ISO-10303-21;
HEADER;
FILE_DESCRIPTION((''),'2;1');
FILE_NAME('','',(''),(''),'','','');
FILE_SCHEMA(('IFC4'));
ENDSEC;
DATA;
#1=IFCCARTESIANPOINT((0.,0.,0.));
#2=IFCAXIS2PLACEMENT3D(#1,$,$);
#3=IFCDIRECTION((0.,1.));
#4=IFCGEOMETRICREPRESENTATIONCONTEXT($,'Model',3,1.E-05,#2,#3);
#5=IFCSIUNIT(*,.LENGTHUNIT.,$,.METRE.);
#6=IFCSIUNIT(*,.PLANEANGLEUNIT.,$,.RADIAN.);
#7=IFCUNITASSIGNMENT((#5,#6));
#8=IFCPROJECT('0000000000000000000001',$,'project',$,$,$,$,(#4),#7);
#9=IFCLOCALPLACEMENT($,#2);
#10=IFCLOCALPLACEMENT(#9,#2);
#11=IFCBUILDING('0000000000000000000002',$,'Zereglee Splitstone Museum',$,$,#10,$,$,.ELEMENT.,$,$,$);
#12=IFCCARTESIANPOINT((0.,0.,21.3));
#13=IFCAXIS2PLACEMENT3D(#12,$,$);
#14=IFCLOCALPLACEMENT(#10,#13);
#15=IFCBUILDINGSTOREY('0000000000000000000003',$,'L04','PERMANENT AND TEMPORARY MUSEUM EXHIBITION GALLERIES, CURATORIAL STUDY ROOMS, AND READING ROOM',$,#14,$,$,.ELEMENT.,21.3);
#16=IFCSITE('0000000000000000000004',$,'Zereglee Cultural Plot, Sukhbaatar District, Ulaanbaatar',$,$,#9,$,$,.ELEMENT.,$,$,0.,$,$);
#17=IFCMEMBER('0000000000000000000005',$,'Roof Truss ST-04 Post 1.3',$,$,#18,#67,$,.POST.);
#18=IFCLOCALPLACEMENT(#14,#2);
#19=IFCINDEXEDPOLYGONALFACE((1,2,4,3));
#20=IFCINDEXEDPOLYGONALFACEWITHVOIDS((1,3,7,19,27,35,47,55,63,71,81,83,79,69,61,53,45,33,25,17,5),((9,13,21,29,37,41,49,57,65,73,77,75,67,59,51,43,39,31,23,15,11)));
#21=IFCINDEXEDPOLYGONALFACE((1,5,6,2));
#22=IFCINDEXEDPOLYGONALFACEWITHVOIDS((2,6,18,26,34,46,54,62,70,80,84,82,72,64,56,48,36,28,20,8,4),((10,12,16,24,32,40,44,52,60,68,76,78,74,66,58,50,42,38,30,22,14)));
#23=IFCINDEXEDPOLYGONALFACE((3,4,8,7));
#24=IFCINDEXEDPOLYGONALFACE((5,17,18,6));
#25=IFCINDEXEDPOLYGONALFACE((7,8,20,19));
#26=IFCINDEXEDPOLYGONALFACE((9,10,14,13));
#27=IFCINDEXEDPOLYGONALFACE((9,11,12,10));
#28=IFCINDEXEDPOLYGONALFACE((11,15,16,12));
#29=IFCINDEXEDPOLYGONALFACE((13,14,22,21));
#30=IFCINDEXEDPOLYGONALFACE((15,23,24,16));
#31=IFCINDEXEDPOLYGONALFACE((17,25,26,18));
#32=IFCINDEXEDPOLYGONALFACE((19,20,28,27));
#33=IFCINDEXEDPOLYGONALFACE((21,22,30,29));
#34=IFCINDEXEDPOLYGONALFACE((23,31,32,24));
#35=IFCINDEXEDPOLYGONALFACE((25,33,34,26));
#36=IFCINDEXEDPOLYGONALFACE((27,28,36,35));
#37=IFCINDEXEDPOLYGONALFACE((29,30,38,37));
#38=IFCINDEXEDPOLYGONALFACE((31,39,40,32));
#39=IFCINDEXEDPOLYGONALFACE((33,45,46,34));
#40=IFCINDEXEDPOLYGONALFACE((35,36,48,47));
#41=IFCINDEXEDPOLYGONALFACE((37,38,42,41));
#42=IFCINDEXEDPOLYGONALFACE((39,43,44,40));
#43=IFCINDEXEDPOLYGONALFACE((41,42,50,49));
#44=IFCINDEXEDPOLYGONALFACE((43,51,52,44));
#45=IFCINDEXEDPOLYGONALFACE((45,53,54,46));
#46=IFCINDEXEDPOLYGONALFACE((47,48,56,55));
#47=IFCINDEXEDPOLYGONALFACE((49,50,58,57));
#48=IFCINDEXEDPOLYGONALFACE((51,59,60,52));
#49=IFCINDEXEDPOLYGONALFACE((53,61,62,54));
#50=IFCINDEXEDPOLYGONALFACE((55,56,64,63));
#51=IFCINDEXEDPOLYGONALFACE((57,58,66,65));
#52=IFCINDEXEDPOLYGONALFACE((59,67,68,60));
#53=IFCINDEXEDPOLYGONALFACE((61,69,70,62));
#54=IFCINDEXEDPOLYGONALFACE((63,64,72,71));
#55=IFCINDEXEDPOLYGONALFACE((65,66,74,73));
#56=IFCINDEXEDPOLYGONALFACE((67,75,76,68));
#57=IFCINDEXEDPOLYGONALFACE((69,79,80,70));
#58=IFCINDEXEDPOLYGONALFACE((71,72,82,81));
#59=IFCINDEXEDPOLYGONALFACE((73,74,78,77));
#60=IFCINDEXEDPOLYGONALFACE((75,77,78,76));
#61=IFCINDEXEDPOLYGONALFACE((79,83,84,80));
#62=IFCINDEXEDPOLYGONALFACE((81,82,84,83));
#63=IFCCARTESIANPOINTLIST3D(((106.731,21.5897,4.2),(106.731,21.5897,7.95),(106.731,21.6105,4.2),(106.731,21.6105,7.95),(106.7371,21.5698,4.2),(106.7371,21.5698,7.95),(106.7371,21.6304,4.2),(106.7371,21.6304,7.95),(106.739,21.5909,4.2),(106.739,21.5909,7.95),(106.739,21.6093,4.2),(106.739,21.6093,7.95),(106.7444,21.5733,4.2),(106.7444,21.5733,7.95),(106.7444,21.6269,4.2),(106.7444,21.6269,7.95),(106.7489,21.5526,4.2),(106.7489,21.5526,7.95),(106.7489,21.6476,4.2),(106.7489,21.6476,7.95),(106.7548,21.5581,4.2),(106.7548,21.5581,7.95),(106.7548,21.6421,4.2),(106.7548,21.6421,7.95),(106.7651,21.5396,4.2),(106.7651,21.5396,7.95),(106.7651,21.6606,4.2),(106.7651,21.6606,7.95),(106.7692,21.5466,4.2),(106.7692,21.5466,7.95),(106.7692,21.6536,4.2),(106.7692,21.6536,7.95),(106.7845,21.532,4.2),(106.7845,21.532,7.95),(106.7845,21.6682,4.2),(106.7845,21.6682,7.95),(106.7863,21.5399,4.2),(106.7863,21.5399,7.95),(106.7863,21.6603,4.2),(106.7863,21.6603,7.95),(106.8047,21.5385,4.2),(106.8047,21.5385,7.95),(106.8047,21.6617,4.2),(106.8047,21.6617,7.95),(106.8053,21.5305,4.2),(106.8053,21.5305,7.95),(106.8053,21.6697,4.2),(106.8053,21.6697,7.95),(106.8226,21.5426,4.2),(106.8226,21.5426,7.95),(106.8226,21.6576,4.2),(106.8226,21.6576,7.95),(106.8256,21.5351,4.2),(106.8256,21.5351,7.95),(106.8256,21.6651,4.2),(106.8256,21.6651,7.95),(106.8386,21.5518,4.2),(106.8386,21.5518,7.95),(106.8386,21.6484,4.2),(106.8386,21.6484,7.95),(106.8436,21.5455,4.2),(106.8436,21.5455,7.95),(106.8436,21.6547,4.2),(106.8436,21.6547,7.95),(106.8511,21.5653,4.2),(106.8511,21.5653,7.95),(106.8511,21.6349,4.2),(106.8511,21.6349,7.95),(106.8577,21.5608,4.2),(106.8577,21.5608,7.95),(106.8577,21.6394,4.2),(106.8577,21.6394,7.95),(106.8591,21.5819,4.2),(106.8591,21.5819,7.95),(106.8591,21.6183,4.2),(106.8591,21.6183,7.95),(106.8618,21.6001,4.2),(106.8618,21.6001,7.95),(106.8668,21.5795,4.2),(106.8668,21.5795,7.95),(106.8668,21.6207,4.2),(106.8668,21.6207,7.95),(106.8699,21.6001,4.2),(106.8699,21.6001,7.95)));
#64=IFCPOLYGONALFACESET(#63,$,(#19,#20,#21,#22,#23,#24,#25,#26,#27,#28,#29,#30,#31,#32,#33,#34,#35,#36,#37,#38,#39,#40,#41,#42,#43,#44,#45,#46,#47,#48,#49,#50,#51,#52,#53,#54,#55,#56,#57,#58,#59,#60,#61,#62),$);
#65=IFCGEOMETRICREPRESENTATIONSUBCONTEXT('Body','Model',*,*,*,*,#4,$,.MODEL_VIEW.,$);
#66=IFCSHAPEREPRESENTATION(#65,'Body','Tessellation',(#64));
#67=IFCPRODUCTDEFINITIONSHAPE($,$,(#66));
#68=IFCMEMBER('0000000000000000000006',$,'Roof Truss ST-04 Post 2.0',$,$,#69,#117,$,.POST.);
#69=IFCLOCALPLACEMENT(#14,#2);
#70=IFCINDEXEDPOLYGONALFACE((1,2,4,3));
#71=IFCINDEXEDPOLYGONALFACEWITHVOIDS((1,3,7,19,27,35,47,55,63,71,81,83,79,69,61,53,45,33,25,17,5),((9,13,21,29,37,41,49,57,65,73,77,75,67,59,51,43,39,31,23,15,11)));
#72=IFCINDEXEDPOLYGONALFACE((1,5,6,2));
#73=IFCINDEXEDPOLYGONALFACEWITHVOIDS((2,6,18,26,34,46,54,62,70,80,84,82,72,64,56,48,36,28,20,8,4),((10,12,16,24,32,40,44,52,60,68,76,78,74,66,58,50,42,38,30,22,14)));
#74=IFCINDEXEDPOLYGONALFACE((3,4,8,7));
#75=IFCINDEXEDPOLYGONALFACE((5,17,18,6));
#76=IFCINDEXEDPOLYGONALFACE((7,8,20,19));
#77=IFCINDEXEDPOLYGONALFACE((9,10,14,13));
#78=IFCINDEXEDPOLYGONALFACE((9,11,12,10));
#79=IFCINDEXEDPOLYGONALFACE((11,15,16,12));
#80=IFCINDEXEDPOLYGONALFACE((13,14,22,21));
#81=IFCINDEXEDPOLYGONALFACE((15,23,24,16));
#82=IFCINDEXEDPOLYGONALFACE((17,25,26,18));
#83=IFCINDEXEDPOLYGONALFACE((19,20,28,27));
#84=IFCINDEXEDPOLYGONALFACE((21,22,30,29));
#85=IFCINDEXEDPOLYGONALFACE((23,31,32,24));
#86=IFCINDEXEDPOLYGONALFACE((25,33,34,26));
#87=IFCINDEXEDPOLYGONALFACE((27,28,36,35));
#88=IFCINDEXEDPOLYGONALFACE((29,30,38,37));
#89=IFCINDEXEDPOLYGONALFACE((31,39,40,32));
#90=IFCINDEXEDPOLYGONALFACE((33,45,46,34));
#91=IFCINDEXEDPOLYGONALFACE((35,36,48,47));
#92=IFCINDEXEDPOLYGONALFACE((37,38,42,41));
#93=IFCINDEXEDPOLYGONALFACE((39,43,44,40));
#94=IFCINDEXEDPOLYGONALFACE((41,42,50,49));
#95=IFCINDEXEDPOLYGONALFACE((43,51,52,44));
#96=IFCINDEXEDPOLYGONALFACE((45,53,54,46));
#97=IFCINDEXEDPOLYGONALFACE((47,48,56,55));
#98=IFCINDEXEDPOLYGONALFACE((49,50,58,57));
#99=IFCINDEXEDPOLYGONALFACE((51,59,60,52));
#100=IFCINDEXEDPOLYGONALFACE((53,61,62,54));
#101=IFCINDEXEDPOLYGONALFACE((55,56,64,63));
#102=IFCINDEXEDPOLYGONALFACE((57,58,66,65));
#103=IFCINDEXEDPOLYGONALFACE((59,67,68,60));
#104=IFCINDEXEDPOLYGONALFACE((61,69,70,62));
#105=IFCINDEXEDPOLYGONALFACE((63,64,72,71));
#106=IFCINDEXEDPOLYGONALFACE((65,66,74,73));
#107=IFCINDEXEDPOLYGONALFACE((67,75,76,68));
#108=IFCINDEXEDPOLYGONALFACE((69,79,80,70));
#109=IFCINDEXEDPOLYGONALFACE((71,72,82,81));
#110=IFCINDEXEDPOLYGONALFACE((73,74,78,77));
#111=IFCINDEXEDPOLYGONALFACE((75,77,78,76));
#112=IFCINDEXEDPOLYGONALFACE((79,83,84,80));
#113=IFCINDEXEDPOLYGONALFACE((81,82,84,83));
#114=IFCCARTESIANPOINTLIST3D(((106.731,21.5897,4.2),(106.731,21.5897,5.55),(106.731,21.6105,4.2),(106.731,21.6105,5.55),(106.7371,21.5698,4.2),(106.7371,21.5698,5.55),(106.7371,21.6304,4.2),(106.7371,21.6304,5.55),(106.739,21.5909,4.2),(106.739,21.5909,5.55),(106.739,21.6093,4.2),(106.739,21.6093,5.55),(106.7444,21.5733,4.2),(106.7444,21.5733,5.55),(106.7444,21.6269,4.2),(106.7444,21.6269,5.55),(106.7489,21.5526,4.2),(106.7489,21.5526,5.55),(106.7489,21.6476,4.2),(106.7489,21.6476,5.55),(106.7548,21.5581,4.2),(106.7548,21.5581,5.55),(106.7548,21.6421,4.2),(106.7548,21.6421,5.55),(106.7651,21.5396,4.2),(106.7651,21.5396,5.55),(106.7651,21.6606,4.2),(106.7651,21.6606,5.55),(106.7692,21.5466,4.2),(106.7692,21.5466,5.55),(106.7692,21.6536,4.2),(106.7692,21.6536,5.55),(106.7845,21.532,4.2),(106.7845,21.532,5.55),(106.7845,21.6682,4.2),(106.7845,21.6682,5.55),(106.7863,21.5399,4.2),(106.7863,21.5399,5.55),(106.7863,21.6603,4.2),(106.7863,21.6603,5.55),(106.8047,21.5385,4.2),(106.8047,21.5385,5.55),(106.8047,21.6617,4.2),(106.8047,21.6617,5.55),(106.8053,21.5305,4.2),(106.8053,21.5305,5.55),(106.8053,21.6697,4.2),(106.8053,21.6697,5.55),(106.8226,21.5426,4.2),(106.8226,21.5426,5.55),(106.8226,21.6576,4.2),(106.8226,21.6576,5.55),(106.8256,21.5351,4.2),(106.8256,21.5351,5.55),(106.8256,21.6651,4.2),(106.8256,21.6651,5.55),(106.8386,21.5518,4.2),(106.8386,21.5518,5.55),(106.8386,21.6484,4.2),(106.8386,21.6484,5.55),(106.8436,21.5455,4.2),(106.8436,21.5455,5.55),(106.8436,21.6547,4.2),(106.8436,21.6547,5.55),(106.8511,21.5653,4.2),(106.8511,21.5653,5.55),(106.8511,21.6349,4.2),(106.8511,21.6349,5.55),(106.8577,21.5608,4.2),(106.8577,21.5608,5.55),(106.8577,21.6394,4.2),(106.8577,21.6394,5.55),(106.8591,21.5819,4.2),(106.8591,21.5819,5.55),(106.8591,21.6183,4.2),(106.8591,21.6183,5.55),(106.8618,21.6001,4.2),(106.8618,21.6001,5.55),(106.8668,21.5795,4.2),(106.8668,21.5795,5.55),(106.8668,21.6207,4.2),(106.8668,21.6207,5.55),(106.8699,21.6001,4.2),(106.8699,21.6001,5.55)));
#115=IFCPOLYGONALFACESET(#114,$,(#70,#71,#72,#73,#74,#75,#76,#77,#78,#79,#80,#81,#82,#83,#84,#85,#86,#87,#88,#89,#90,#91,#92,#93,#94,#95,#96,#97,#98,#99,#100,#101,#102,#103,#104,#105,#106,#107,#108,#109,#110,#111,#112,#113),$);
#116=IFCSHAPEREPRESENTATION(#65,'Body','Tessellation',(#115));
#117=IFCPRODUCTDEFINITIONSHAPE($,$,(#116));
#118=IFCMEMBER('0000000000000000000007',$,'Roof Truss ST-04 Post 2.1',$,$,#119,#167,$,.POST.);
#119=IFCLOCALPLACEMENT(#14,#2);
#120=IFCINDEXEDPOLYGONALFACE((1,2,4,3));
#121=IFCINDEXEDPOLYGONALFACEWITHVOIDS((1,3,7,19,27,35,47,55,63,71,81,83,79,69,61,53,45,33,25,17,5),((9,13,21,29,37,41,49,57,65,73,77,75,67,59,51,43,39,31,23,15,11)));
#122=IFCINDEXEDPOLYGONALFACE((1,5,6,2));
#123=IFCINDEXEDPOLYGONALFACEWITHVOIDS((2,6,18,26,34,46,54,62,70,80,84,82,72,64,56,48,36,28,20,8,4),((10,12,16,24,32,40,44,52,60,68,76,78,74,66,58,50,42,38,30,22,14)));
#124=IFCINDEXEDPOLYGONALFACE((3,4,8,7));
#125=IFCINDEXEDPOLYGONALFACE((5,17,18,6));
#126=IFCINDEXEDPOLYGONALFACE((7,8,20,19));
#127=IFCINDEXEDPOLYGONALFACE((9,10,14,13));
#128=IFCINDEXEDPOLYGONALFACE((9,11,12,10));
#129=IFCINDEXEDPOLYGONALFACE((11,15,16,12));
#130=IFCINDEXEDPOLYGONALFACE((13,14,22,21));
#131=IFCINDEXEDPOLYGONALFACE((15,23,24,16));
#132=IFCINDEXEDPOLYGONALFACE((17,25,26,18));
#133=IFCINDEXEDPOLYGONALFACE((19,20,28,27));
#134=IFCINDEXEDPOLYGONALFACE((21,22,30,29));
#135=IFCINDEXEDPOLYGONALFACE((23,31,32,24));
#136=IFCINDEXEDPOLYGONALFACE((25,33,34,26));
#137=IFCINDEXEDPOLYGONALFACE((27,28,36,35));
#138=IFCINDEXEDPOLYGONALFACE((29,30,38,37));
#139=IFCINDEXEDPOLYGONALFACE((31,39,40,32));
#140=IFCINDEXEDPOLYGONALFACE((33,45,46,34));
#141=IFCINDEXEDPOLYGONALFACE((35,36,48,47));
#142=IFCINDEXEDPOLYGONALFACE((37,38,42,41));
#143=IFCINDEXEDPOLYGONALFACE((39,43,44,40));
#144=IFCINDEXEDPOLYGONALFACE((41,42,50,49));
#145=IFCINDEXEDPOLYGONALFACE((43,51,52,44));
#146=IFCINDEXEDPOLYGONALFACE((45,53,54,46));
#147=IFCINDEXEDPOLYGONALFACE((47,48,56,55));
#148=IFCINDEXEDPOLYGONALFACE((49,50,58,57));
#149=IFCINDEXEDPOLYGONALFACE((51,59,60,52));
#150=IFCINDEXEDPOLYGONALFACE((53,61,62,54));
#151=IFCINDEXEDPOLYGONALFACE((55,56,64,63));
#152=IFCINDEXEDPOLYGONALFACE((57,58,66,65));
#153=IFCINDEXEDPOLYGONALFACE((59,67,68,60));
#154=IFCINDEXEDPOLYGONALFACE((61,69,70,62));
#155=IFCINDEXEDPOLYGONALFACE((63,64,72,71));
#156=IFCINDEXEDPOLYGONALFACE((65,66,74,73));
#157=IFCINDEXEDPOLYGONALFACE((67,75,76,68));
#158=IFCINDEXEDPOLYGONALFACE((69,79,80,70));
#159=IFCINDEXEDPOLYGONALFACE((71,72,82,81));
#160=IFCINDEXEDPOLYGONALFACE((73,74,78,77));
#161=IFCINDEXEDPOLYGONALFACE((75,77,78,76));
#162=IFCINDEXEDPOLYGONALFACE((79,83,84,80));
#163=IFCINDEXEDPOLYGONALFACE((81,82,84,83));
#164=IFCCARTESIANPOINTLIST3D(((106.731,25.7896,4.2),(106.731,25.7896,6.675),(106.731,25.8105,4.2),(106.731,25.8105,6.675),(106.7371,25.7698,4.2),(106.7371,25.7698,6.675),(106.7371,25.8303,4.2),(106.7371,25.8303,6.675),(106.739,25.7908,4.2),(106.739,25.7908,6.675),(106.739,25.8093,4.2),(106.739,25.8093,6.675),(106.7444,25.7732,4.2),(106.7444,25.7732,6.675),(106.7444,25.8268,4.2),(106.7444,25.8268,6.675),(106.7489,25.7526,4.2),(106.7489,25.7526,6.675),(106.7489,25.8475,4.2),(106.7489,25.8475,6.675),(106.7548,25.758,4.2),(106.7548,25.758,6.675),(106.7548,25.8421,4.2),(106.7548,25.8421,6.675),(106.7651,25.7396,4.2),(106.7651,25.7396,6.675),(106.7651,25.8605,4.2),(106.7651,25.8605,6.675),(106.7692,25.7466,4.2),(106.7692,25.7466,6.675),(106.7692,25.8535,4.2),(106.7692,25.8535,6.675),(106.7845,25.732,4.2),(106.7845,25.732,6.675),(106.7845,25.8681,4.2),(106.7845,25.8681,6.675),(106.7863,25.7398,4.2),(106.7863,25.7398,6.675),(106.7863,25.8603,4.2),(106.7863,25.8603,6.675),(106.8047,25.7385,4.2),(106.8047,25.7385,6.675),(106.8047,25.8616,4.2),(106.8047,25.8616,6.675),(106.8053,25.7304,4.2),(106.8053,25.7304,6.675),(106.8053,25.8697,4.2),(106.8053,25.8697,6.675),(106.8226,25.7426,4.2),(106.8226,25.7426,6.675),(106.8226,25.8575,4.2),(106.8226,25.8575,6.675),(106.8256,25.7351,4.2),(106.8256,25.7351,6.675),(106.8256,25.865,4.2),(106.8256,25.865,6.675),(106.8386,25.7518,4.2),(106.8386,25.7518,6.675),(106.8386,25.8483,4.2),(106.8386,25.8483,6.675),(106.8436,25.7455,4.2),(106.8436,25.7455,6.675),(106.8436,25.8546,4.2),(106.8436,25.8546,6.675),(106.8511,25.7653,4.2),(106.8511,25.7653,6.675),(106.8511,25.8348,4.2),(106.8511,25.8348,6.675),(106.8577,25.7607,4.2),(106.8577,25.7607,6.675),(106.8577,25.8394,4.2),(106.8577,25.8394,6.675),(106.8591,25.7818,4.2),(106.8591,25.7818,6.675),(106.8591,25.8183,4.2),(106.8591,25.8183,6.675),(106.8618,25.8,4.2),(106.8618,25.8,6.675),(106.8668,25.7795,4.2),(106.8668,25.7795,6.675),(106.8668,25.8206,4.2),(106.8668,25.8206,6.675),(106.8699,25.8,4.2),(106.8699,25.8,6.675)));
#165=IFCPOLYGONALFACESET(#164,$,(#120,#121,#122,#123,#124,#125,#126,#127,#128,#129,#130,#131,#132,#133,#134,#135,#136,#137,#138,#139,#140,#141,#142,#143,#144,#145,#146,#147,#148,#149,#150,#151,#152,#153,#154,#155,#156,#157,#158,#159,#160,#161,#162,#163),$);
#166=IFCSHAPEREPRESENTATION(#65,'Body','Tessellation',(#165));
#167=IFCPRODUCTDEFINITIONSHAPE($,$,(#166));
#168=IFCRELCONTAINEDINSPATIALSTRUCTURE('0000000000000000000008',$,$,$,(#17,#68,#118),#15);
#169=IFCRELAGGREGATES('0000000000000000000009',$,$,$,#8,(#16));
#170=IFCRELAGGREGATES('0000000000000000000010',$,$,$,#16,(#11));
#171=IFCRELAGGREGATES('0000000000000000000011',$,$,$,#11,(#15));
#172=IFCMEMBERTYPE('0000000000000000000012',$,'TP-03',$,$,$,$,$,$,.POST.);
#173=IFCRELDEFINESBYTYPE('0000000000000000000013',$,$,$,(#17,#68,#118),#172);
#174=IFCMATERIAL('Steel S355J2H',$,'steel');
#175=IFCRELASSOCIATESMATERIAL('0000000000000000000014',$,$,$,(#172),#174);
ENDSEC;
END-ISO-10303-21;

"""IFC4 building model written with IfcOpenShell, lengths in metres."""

from ifc_helpers import new_model, si_unit, direction, frame, origin, origin_2d, place, context, subcontext, project, spatial, hollow_circle, extrude, material, material_profile, profile_set, type_object, element, save


model = new_model("IFC4")

# Units and contexts
model_context = context("Model", 3, precision=1e-05, world=origin(), true_north=direction((0.0, 1.0)))
body_context = subcontext(model_context, "Body", "Model", "MODEL_VIEW")
ifc_project = project(units=[si_unit("LENGTHUNIT", "METRE"), si_unit("PLANEANGLEUNIT", "RADIAN")], contexts=[model_context])

# Site, building, storey
site_placement = place(None, origin())
site = spatial("IfcSite", under=ifc_project, at=site_placement, Name="Zereglee Cultural Plot, Sukhbaatar District, Ulaanbaatar", CompositionType="ELEMENT", RefElevation=0.0)
building_placement = place(site_placement, origin())
building = spatial("IfcBuilding", under=site, at=building_placement, Name="Zereglee Splitstone Museum", CompositionType="ELEMENT")
storey_placement = place(building_placement, frame((0.0, 0.0, 21.3)))
storey = spatial("IfcBuildingStorey", under=building, at=storey_placement, Name="L04", Description="PERMANENT AND TEMPORARY MUSEUM EXHIBITION GALLERIES, CURATORIAL STUDY ROOMS, AND READING ROOM", CompositionType="ELEMENT", Elevation=21.3)

# Shared definitions
ifc_material_1 = material(Name="Steel S355J2H", Category="steel")

# Members
ifc_material_profile_1 = material_profile(ifc_material_1, hollow_circle(Radius=0.0698, WallThickness=0.0081, at=origin_2d()), Name="CHS 139.7x8")
ifc_profile_set_1 = profile_set([ifc_material_profile_1], Name="Steel S355J2H")
member_type_1 = type_object("IfcMemberType", Name="TP-03", PredefinedType="POST", material=ifc_profile_set_1)
member_1_placement = place(storey_placement, frame((106.8, 21.6001, 4.2), z_axis=(0.0, 0.0, 1.0), x_axis=(1.0, 0.0, 0.0)))
element("IfcMember", 1, at=member_1_placement, inside=storey, type_object=member_type_1, Name="Roof Truss ST-04 Post 1.3", PredefinedType="POST", context=body_context, shape_type="SweptSolid", body=[
    extrude(hollow_circle(Radius=0.0698, WallThickness=0.0081, at=origin_2d()), origin(), (0.0, 0.0, 1.0), 3.75),
])
member_2_placement = place(storey_placement, frame((106.8, 21.6001, 4.2), z_axis=(0.0, 0.0, 1.0), x_axis=(1.0, 0.0, 0.0)))
element("IfcMember", 2, at=member_2_placement, inside=storey, type_object=member_type_1, Name="Roof Truss ST-04 Post 2.0", PredefinedType="POST", context=body_context, shape_type="SweptSolid", body=[
    extrude(hollow_circle(Radius=0.0698, WallThickness=0.0081, at=origin_2d()), origin(), (0.0, 0.0, 1.0), 1.3501),
])
member_3_placement = place(storey_placement, frame((106.8, 25.8, 4.2), z_axis=(0.0, 0.0, 1.0), x_axis=(1.0, 0.0, 0.0)))
element("IfcMember", 3, at=member_3_placement, inside=storey, type_object=member_type_1, Name="Roof Truss ST-04 Post 2.1", PredefinedType="POST", context=body_context, shape_type="SweptSolid", body=[
    extrude(hollow_circle(Radius=0.0698, WallThickness=0.0081, at=origin_2d()), origin(), (0.0, 0.0, 1.0), 2.4751),
])

save(model, "model.ifc")
